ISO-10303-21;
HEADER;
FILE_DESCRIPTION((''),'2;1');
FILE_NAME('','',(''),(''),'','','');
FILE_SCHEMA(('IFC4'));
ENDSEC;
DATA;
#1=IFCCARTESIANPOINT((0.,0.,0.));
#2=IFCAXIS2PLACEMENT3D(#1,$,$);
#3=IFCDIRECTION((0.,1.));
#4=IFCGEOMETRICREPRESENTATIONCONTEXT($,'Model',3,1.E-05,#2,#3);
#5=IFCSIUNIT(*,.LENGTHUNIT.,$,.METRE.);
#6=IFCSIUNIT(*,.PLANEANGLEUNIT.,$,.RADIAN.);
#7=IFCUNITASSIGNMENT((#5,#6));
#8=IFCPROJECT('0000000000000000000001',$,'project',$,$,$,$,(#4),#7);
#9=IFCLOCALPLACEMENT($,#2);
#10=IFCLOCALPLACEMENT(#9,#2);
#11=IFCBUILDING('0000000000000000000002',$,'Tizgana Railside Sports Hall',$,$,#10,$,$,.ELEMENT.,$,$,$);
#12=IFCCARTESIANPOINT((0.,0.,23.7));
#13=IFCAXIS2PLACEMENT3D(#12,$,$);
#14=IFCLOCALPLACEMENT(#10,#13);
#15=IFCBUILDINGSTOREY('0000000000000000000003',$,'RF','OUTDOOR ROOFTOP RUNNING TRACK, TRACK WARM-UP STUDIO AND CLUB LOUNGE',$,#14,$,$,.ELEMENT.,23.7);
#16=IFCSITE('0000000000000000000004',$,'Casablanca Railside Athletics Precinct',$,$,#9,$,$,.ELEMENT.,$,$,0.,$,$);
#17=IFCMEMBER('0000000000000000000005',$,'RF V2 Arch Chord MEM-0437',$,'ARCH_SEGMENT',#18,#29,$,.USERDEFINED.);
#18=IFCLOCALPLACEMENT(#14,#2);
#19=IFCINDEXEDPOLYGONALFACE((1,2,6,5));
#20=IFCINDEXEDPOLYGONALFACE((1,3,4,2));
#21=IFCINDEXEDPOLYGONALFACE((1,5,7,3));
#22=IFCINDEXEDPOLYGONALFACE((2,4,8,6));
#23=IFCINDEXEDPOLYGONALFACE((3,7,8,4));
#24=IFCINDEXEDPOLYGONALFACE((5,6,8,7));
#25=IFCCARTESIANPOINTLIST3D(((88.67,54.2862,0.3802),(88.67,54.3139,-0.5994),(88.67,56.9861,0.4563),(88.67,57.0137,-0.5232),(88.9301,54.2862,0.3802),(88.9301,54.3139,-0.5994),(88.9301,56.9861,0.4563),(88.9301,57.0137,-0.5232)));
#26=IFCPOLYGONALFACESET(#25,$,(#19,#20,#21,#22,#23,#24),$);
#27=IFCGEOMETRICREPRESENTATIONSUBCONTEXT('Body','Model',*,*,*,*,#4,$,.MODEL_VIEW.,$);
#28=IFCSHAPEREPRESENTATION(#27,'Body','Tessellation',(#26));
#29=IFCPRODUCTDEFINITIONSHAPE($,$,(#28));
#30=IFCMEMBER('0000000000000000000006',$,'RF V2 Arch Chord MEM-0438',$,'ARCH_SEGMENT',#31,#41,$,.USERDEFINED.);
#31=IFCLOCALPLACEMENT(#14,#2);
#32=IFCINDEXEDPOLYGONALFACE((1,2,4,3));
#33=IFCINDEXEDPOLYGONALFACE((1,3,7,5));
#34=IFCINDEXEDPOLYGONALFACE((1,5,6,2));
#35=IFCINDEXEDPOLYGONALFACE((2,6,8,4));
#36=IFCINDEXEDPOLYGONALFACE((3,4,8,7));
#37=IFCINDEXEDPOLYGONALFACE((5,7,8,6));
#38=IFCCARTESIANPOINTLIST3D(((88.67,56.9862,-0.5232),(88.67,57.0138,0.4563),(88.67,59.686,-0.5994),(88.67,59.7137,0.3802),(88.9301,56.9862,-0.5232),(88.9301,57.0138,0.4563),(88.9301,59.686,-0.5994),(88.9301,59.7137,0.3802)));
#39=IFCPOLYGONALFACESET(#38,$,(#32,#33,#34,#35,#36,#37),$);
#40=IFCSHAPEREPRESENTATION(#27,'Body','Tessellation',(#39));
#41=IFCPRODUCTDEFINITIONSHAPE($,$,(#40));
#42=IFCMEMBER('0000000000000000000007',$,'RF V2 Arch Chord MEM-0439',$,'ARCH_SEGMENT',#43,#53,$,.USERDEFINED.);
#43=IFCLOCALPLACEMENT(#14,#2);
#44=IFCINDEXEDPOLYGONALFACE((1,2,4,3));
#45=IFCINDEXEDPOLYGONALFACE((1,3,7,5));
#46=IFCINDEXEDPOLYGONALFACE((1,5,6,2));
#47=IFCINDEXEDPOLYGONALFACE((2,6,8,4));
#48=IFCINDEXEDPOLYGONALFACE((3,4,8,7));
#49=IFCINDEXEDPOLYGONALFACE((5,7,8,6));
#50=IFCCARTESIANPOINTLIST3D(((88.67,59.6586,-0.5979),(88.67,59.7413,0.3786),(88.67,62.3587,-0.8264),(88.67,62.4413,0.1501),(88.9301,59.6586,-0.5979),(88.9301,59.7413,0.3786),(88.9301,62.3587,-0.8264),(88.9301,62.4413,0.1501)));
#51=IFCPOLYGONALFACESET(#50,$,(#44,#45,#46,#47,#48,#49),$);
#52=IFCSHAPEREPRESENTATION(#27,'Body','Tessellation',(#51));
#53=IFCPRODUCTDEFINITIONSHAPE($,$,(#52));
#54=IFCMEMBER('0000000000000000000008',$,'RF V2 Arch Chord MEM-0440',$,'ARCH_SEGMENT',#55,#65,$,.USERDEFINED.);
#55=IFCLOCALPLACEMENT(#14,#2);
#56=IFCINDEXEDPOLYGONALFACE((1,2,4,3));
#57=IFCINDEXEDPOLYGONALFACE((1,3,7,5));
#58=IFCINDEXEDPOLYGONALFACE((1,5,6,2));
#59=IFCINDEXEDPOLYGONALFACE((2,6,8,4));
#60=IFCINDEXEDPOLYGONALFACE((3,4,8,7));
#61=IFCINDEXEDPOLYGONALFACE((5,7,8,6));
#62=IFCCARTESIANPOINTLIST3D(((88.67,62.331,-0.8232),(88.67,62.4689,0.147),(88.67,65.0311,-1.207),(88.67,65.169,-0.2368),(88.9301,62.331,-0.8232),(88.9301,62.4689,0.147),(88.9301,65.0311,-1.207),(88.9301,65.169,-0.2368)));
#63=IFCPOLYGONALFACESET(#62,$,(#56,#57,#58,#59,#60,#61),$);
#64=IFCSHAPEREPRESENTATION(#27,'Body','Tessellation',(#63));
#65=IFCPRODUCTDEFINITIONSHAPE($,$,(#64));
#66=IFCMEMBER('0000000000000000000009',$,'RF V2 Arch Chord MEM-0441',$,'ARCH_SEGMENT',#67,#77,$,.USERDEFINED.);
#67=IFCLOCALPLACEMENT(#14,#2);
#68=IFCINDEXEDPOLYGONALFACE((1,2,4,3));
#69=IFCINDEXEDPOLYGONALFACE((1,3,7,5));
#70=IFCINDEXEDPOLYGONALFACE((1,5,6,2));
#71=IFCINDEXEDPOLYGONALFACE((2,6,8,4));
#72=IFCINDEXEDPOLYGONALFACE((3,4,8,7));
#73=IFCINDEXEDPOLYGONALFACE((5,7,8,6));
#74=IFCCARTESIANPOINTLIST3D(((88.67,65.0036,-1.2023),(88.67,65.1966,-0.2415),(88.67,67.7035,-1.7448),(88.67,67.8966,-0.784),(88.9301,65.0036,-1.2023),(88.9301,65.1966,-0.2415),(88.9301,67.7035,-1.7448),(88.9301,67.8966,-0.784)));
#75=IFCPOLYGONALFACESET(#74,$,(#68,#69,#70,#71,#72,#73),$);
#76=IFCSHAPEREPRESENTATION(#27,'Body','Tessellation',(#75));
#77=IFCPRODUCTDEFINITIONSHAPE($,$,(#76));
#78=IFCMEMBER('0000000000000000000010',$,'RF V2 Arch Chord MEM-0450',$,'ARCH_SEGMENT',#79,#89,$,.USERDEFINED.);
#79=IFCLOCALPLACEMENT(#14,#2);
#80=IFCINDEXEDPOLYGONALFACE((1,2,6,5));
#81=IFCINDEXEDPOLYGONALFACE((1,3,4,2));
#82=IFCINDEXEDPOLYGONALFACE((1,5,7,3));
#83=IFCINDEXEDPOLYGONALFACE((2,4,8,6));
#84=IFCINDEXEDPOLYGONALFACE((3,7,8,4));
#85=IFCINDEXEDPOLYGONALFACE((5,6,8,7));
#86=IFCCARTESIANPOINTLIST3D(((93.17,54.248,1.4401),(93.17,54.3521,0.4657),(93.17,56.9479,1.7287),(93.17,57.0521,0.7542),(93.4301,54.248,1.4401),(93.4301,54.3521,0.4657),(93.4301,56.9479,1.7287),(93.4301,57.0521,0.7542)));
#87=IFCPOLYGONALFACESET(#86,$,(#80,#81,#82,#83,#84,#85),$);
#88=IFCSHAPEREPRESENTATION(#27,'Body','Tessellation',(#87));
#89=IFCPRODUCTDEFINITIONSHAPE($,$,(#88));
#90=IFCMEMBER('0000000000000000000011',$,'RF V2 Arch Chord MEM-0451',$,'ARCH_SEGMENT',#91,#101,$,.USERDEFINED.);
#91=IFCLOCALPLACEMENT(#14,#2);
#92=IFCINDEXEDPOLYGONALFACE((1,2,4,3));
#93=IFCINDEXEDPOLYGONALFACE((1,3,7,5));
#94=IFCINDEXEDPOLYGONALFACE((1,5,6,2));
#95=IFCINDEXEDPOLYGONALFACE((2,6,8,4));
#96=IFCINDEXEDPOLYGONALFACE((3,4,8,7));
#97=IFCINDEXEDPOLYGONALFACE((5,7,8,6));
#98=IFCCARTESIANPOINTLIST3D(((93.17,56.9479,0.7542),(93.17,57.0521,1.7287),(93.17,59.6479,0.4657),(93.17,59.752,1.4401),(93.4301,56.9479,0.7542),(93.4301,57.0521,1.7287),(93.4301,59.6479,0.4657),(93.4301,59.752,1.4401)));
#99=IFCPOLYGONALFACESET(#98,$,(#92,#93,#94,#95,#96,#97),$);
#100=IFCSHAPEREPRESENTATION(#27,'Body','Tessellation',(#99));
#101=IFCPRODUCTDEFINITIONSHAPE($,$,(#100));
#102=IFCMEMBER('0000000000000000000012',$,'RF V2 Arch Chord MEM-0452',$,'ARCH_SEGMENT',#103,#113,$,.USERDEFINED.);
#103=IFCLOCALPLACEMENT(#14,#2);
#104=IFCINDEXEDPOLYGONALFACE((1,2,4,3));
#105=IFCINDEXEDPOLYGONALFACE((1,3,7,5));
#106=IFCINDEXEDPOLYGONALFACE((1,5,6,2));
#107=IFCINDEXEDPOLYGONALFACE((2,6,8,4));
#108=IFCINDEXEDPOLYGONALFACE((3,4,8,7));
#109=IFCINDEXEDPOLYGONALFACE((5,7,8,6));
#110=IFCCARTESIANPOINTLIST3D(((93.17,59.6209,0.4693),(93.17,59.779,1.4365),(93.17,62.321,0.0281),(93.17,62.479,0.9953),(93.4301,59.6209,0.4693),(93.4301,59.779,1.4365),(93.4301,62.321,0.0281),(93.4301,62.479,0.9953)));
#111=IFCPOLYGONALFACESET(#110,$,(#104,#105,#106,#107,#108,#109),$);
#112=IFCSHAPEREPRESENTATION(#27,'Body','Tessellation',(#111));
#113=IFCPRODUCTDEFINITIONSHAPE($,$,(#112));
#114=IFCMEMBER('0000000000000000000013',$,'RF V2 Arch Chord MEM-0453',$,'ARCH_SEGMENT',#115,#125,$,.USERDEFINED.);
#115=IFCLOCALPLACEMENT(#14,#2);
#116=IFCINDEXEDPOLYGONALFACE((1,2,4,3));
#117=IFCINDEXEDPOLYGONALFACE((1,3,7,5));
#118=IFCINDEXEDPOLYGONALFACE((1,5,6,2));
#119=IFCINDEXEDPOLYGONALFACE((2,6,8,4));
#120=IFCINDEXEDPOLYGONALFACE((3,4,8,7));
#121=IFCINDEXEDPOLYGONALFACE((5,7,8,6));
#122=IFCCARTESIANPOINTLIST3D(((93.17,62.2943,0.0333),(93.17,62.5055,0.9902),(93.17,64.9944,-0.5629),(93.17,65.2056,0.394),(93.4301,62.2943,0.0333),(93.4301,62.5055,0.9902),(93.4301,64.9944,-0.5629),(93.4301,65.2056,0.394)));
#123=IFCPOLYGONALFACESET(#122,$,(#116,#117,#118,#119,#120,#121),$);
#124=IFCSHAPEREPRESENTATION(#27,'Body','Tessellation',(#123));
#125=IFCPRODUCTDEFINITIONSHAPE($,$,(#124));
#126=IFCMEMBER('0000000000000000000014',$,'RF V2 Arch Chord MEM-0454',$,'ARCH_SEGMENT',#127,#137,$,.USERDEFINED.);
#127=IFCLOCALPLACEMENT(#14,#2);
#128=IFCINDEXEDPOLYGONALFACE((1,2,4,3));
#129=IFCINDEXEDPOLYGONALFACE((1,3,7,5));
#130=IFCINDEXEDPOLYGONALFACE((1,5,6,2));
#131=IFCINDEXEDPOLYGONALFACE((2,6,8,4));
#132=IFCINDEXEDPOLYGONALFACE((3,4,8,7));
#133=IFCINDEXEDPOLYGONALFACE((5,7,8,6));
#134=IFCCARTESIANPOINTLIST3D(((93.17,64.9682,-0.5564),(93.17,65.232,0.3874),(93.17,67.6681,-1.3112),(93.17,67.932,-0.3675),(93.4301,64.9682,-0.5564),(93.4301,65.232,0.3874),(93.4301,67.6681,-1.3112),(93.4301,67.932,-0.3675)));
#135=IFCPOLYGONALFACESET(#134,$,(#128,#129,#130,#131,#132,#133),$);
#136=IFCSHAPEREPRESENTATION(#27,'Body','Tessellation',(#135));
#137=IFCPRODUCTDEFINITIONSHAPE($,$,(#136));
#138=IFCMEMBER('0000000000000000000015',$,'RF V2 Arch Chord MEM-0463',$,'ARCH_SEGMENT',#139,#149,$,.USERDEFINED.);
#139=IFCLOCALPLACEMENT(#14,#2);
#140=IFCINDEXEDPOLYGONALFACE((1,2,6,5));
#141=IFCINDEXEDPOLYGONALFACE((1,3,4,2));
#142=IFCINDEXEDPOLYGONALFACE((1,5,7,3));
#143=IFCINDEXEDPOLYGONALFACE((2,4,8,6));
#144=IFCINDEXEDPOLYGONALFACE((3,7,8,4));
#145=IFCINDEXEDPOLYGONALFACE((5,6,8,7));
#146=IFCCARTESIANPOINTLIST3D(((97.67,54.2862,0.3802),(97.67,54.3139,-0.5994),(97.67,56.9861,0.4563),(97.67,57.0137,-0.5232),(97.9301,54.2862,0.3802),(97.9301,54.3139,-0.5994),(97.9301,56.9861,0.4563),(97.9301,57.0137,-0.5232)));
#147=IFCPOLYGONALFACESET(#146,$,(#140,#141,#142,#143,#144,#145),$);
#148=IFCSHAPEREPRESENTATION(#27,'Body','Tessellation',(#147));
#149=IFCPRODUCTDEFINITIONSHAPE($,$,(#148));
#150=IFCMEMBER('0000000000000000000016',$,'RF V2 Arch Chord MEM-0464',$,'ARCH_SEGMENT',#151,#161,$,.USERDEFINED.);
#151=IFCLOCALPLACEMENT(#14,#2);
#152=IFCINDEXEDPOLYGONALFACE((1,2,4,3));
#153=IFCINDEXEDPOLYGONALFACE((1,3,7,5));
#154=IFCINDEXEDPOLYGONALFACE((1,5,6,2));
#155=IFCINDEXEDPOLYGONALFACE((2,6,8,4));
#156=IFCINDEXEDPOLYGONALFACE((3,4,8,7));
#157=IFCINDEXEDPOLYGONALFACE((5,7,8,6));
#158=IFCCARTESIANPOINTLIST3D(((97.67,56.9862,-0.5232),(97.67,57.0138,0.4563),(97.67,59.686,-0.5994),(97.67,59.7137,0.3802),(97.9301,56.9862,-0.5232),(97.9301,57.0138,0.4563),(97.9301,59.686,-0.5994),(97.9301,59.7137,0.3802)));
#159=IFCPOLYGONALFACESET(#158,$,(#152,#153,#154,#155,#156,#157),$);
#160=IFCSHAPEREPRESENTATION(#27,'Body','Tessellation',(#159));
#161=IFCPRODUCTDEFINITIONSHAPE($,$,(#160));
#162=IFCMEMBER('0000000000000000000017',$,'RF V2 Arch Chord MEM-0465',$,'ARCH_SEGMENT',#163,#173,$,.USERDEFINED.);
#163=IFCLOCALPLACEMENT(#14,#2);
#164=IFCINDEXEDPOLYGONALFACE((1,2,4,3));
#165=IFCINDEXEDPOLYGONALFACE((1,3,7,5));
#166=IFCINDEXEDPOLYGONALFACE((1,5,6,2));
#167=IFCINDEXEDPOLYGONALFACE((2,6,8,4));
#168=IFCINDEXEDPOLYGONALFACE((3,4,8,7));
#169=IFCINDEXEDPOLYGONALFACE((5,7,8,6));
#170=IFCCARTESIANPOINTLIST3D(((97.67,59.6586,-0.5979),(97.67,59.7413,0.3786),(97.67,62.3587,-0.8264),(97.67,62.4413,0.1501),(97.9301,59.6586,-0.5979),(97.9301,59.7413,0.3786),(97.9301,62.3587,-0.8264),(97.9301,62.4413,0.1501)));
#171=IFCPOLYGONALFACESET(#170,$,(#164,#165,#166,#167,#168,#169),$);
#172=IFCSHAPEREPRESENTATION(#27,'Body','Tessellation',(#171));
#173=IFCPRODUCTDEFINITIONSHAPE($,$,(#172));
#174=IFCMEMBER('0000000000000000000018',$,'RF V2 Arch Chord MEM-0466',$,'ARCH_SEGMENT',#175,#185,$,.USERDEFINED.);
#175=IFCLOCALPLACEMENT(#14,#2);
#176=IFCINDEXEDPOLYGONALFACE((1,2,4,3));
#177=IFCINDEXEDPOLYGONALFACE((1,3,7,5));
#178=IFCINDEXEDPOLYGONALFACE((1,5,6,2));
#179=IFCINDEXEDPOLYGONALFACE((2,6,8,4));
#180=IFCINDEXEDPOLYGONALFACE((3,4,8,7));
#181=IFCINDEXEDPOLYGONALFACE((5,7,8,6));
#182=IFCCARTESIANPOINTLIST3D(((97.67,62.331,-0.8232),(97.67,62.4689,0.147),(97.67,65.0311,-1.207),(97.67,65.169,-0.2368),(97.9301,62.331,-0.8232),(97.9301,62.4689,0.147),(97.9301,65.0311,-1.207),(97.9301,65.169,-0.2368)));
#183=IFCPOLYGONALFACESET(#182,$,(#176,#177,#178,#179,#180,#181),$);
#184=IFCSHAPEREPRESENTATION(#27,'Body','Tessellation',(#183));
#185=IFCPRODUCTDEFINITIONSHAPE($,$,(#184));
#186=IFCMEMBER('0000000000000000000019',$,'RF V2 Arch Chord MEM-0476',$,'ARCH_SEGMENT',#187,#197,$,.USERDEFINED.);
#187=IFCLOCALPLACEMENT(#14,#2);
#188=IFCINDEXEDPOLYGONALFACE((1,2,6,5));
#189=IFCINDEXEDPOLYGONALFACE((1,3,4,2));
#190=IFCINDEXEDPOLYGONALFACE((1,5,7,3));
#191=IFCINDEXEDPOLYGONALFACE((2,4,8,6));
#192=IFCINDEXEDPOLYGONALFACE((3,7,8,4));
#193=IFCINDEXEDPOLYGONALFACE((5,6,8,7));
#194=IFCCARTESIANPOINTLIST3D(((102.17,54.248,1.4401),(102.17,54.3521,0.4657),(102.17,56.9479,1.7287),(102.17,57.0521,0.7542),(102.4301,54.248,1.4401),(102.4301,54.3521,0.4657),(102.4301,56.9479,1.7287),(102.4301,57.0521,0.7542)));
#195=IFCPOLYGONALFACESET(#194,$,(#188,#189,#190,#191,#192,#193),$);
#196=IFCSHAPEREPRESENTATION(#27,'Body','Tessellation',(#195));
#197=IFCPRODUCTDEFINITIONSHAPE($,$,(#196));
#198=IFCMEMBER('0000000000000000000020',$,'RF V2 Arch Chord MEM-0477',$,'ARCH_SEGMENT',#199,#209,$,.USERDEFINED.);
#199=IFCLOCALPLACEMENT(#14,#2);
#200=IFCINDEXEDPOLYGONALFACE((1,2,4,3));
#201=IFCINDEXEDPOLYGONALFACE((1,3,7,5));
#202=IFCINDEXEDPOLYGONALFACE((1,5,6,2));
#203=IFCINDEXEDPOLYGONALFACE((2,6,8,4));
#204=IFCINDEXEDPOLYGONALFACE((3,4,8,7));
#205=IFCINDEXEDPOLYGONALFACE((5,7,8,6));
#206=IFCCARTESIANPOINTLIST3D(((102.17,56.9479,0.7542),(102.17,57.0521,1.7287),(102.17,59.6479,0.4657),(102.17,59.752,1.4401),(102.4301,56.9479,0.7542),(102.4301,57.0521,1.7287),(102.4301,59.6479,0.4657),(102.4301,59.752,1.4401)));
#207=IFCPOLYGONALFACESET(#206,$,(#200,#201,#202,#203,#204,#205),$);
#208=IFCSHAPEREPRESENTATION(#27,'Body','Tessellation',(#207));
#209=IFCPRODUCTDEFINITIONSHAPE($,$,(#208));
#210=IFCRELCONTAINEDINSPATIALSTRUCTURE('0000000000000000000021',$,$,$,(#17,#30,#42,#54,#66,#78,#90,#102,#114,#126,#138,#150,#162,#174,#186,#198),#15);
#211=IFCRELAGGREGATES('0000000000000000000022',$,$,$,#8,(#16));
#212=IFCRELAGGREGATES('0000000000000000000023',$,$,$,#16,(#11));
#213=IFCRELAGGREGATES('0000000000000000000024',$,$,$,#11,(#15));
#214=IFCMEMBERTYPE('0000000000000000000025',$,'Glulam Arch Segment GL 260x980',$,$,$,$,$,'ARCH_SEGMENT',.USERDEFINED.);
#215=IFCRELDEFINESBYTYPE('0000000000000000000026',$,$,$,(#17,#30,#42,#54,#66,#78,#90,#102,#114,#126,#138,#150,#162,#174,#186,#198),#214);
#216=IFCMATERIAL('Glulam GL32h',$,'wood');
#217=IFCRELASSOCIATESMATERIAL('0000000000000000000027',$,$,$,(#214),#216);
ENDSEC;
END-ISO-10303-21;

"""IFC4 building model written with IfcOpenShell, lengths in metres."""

from ifc_helpers import new_model, si_unit, direction, frame, origin, origin_2d, place, context, subcontext, project, spatial, rectangle, extrude, material, material_profile, profile_set, type_object, element, save


model = new_model("IFC4")

# Units and contexts
model_context = context("Model", 3, precision=1e-05, world=origin(), true_north=direction((0.0, 1.0)))
body_context = subcontext(model_context, "Body", "Model", "MODEL_VIEW")
ifc_project = project(units=[si_unit("LENGTHUNIT", "METRE"), si_unit("PLANEANGLEUNIT", "RADIAN")], contexts=[model_context])

# Site, building, storey
site_placement = place(None, origin())
site = spatial("IfcSite", under=ifc_project, at=site_placement, Name="Casablanca Railside Athletics Precinct", CompositionType="ELEMENT", RefElevation=0.0)
building_placement = place(site_placement, origin())
building = spatial("IfcBuilding", under=site, at=building_placement, Name="Tizgana Railside Sports Hall", CompositionType="ELEMENT")
storey_placement = place(building_placement, frame((0.0, 0.0, 23.7)))
storey = spatial("IfcBuildingStorey", under=building, at=storey_placement, Name="RF", Description="OUTDOOR ROOFTOP RUNNING TRACK, TRACK WARM-UP STUDIO AND CLUB LOUNGE", CompositionType="ELEMENT", Elevation=23.7)

# Members
ifc_material_1 = material(Name="Glulam GL32h", Category="wood")
ifc_material_profile_1 = material_profile(ifc_material_1, rectangle(XDim=0.26, YDim=0.98, at=origin_2d()), Name="GL 260x980")
ifc_profile_set_1 = profile_set([ifc_material_profile_1], Name="Glulam GL32h")
member_type_1 = type_object("IfcMemberType", Name="Glulam Arch Segment GL 260x980", ElementType="ARCH_SEGMENT", PredefinedType="USERDEFINED", material=ifc_profile_set_1)
for number, where, z_axis, x_axis, name in (
    (1, (88.8, 54.3, -0.1096), (0.0, 0.999602, 0.028201), (-1.0, 0.0, 0.0), "RF V2 Arch Chord MEM-0437"),
    (2, (88.8, 57.0, -0.0334), (0.0, 0.999602, -0.028201), (-1.0, 0.0, 0.0), "RF V2 Arch Chord MEM-0438"),
):
    element("IfcMember", number, at=place(storey_placement, frame(where, z_axis=z_axis, x_axis=x_axis)), inside=storey, type_object=member_type_1, Name=name, ObjectType="ARCH_SEGMENT", PredefinedType="USERDEFINED", context=body_context, shape_type="SweptSolid", body=[
        extrude(rectangle(XDim=0.26, YDim=0.98, at=origin_2d()), origin(), (0.0, 0.0, 1.0), 2.7009),
    ])
member_1_placement = place(storey_placement, frame((88.8, 59.7, -0.1096), z_axis=(0.0, 0.996437, -0.084335), x_axis=(-1.0, 0.0, 0.0)))
element("IfcMember", 3, at=member_1_placement, inside=storey, type_object=member_type_1, Name="RF V2 Arch Chord MEM-0439", ObjectType="ARCH_SEGMENT", PredefinedType="USERDEFINED", context=body_context, shape_type="SweptSolid", body=[
    extrude(rectangle(XDim=0.26, YDim=0.98, at=origin_2d()), origin(), (0.0, 0.0, 1.0), 2.7097),
])
member_2_placement = place(storey_placement, frame((88.8, 62.3999, -0.3381), z_axis=(0.0, 0.99005, -0.14072), x_axis=(-1.0, 0.0, 0.0)))
element("IfcMember", 4, at=member_2_placement, inside=storey, type_object=member_type_1, Name="RF V2 Arch Chord MEM-0440", ObjectType="ARCH_SEGMENT", PredefinedType="USERDEFINED", context=body_context, shape_type="SweptSolid", body=[
    extrude(rectangle(XDim=0.26, YDim=0.98, at=origin_2d()), origin(), (0.0, 0.0, 1.0), 2.7273),
])
member_3_placement = place(storey_placement, frame((88.8, 65.1001, -0.7219), z_axis=(0.0, 0.980406, -0.196986), x_axis=(-1.0, 0.0, 0.0)))
element("IfcMember", 5, at=member_3_placement, inside=storey, type_object=member_type_1, Name="RF V2 Arch Chord MEM-0441", ObjectType="ARCH_SEGMENT", PredefinedType="USERDEFINED", context=body_context, shape_type="SweptSolid", body=[
    extrude(rectangle(XDim=0.26, YDim=0.98, at=origin_2d()), origin(), (0.0, 0.0, 1.0), 2.7539),
])
for number, where, z_axis, x_axis, name in (
    (6, (93.3, 54.3, 0.9529), (0.0, 0.994337, 0.106276), (-1.0, 0.0, 0.0), "RF V2 Arch Chord MEM-0450"),
    (7, (93.3, 57.0, 1.2415), (0.0, 0.994337, -0.106276), (-1.0, 0.0, 0.0), "RF V2 Arch Chord MEM-0451"),
):
    element("IfcMember", number, at=place(storey_placement, frame(where, z_axis=z_axis, x_axis=x_axis)), inside=storey, type_object=member_type_1, Name=name, ObjectType="ARCH_SEGMENT", PredefinedType="USERDEFINED", context=body_context, shape_type="SweptSolid", body=[
        extrude(rectangle(XDim=0.26, YDim=0.98, at=origin_2d()), origin(), (0.0, 0.0, 1.0), 2.7153),
    ])
member_4_placement = place(storey_placement, frame((93.3, 59.7, 0.9529), z_axis=(0.0, 0.986912, -0.161258), x_axis=(-1.0, 0.0, 0.0)))
element("IfcMember", 8, at=member_4_placement, inside=storey, type_object=member_type_1, Name="RF V2 Arch Chord MEM-0452", ObjectType="ARCH_SEGMENT", PredefinedType="USERDEFINED", context=body_context, shape_type="SweptSolid", body=[
    extrude(rectangle(XDim=0.26, YDim=0.98, at=origin_2d()), origin(), (0.0, 0.0, 1.0), 2.7358),
])
member_5_placement = place(storey_placement, frame((93.3, 62.3999, 0.5117), z_axis=(0.0, 0.976481, -0.215603), x_axis=(-1.0, 0.0, 0.0)))
element("IfcMember", 9, at=member_5_placement, inside=storey, type_object=member_type_1, Name="RF V2 Arch Chord MEM-0453", ObjectType="ARCH_SEGMENT", PredefinedType="USERDEFINED", context=body_context, shape_type="SweptSolid", body=[
    extrude(rectangle(XDim=0.26, YDim=0.98, at=origin_2d()), origin(), (0.0, 0.0, 1.0), 2.7651),
])
member_6_placement = place(storey_placement, frame((93.3, 65.1001, -0.0845), z_axis=(0.0, 0.963066, -0.269265), x_axis=(-1.0, 0.0, 0.0)))
element("IfcMember", 10, at=member_6_placement, inside=storey, type_object=member_type_1, Name="RF V2 Arch Chord MEM-0454", ObjectType="ARCH_SEGMENT", PredefinedType="USERDEFINED", context=body_context, shape_type="SweptSolid", body=[
    extrude(rectangle(XDim=0.26, YDim=0.98, at=origin_2d()), origin(), (0.0, 0.0, 1.0), 2.8035),
])
for number, where, z_axis, x_axis, name in (
    (11, (97.8, 54.3, -0.1096), (0.0, 0.999602, 0.028201), (-1.0, 0.0, 0.0), "RF V2 Arch Chord MEM-0463"),
    (12, (97.8, 57.0, -0.0334), (0.0, 0.999602, -0.028201), (-1.0, 0.0, 0.0), "RF V2 Arch Chord MEM-0464"),
):
    element("IfcMember", number, at=place(storey_placement, frame(where, z_axis=z_axis, x_axis=x_axis)), inside=storey, type_object=member_type_1, Name=name, ObjectType="ARCH_SEGMENT", PredefinedType="USERDEFINED", context=body_context, shape_type="SweptSolid", body=[
        extrude(rectangle(XDim=0.26, YDim=0.98, at=origin_2d()), origin(), (0.0, 0.0, 1.0), 2.7009),
    ])
member_7_placement = place(storey_placement, frame((97.8, 59.7, -0.1096), z_axis=(0.0, 0.996437, -0.084335), x_axis=(-1.0, 0.0, 0.0)))
element("IfcMember", 13, at=member_7_placement, inside=storey, type_object=member_type_1, Name="RF V2 Arch Chord MEM-0465", ObjectType="ARCH_SEGMENT", PredefinedType="USERDEFINED", context=body_context, shape_type="SweptSolid", body=[
    extrude(rectangle(XDim=0.26, YDim=0.98, at=origin_2d()), origin(), (0.0, 0.0, 1.0), 2.7097),
])
member_8_placement = place(storey_placement, frame((97.8, 62.3999, -0.3381), z_axis=(0.0, 0.99005, -0.14072), x_axis=(-1.0, 0.0, 0.0)))
element("IfcMember", 14, at=member_8_placement, inside=storey, type_object=member_type_1, Name="RF V2 Arch Chord MEM-0466", ObjectType="ARCH_SEGMENT", PredefinedType="USERDEFINED", context=body_context, shape_type="SweptSolid", body=[
    extrude(rectangle(XDim=0.26, YDim=0.98, at=origin_2d()), origin(), (0.0, 0.0, 1.0), 2.7273),
])
for number, where, z_axis, x_axis, name in (
    (15, (102.3, 54.3, 0.9529), (0.0, 0.994337, 0.106276), (-1.0, 0.0, 0.0), "RF V2 Arch Chord MEM-0476"),
    (16, (102.3, 57.0, 1.2415), (0.0, 0.994337, -0.106276), (-1.0, 0.0, 0.0), "RF V2 Arch Chord MEM-0477"),
):
    element("IfcMember", number, at=place(storey_placement, frame(where, z_axis=z_axis, x_axis=x_axis)), inside=storey, type_object=member_type_1, Name=name, ObjectType="ARCH_SEGMENT", PredefinedType="USERDEFINED", context=body_context, shape_type="SweptSolid", body=[
        extrude(rectangle(XDim=0.26, YDim=0.98, at=origin_2d()), origin(), (0.0, 0.0, 1.0), 2.7153),
    ])

save(model, "model.ifc")
